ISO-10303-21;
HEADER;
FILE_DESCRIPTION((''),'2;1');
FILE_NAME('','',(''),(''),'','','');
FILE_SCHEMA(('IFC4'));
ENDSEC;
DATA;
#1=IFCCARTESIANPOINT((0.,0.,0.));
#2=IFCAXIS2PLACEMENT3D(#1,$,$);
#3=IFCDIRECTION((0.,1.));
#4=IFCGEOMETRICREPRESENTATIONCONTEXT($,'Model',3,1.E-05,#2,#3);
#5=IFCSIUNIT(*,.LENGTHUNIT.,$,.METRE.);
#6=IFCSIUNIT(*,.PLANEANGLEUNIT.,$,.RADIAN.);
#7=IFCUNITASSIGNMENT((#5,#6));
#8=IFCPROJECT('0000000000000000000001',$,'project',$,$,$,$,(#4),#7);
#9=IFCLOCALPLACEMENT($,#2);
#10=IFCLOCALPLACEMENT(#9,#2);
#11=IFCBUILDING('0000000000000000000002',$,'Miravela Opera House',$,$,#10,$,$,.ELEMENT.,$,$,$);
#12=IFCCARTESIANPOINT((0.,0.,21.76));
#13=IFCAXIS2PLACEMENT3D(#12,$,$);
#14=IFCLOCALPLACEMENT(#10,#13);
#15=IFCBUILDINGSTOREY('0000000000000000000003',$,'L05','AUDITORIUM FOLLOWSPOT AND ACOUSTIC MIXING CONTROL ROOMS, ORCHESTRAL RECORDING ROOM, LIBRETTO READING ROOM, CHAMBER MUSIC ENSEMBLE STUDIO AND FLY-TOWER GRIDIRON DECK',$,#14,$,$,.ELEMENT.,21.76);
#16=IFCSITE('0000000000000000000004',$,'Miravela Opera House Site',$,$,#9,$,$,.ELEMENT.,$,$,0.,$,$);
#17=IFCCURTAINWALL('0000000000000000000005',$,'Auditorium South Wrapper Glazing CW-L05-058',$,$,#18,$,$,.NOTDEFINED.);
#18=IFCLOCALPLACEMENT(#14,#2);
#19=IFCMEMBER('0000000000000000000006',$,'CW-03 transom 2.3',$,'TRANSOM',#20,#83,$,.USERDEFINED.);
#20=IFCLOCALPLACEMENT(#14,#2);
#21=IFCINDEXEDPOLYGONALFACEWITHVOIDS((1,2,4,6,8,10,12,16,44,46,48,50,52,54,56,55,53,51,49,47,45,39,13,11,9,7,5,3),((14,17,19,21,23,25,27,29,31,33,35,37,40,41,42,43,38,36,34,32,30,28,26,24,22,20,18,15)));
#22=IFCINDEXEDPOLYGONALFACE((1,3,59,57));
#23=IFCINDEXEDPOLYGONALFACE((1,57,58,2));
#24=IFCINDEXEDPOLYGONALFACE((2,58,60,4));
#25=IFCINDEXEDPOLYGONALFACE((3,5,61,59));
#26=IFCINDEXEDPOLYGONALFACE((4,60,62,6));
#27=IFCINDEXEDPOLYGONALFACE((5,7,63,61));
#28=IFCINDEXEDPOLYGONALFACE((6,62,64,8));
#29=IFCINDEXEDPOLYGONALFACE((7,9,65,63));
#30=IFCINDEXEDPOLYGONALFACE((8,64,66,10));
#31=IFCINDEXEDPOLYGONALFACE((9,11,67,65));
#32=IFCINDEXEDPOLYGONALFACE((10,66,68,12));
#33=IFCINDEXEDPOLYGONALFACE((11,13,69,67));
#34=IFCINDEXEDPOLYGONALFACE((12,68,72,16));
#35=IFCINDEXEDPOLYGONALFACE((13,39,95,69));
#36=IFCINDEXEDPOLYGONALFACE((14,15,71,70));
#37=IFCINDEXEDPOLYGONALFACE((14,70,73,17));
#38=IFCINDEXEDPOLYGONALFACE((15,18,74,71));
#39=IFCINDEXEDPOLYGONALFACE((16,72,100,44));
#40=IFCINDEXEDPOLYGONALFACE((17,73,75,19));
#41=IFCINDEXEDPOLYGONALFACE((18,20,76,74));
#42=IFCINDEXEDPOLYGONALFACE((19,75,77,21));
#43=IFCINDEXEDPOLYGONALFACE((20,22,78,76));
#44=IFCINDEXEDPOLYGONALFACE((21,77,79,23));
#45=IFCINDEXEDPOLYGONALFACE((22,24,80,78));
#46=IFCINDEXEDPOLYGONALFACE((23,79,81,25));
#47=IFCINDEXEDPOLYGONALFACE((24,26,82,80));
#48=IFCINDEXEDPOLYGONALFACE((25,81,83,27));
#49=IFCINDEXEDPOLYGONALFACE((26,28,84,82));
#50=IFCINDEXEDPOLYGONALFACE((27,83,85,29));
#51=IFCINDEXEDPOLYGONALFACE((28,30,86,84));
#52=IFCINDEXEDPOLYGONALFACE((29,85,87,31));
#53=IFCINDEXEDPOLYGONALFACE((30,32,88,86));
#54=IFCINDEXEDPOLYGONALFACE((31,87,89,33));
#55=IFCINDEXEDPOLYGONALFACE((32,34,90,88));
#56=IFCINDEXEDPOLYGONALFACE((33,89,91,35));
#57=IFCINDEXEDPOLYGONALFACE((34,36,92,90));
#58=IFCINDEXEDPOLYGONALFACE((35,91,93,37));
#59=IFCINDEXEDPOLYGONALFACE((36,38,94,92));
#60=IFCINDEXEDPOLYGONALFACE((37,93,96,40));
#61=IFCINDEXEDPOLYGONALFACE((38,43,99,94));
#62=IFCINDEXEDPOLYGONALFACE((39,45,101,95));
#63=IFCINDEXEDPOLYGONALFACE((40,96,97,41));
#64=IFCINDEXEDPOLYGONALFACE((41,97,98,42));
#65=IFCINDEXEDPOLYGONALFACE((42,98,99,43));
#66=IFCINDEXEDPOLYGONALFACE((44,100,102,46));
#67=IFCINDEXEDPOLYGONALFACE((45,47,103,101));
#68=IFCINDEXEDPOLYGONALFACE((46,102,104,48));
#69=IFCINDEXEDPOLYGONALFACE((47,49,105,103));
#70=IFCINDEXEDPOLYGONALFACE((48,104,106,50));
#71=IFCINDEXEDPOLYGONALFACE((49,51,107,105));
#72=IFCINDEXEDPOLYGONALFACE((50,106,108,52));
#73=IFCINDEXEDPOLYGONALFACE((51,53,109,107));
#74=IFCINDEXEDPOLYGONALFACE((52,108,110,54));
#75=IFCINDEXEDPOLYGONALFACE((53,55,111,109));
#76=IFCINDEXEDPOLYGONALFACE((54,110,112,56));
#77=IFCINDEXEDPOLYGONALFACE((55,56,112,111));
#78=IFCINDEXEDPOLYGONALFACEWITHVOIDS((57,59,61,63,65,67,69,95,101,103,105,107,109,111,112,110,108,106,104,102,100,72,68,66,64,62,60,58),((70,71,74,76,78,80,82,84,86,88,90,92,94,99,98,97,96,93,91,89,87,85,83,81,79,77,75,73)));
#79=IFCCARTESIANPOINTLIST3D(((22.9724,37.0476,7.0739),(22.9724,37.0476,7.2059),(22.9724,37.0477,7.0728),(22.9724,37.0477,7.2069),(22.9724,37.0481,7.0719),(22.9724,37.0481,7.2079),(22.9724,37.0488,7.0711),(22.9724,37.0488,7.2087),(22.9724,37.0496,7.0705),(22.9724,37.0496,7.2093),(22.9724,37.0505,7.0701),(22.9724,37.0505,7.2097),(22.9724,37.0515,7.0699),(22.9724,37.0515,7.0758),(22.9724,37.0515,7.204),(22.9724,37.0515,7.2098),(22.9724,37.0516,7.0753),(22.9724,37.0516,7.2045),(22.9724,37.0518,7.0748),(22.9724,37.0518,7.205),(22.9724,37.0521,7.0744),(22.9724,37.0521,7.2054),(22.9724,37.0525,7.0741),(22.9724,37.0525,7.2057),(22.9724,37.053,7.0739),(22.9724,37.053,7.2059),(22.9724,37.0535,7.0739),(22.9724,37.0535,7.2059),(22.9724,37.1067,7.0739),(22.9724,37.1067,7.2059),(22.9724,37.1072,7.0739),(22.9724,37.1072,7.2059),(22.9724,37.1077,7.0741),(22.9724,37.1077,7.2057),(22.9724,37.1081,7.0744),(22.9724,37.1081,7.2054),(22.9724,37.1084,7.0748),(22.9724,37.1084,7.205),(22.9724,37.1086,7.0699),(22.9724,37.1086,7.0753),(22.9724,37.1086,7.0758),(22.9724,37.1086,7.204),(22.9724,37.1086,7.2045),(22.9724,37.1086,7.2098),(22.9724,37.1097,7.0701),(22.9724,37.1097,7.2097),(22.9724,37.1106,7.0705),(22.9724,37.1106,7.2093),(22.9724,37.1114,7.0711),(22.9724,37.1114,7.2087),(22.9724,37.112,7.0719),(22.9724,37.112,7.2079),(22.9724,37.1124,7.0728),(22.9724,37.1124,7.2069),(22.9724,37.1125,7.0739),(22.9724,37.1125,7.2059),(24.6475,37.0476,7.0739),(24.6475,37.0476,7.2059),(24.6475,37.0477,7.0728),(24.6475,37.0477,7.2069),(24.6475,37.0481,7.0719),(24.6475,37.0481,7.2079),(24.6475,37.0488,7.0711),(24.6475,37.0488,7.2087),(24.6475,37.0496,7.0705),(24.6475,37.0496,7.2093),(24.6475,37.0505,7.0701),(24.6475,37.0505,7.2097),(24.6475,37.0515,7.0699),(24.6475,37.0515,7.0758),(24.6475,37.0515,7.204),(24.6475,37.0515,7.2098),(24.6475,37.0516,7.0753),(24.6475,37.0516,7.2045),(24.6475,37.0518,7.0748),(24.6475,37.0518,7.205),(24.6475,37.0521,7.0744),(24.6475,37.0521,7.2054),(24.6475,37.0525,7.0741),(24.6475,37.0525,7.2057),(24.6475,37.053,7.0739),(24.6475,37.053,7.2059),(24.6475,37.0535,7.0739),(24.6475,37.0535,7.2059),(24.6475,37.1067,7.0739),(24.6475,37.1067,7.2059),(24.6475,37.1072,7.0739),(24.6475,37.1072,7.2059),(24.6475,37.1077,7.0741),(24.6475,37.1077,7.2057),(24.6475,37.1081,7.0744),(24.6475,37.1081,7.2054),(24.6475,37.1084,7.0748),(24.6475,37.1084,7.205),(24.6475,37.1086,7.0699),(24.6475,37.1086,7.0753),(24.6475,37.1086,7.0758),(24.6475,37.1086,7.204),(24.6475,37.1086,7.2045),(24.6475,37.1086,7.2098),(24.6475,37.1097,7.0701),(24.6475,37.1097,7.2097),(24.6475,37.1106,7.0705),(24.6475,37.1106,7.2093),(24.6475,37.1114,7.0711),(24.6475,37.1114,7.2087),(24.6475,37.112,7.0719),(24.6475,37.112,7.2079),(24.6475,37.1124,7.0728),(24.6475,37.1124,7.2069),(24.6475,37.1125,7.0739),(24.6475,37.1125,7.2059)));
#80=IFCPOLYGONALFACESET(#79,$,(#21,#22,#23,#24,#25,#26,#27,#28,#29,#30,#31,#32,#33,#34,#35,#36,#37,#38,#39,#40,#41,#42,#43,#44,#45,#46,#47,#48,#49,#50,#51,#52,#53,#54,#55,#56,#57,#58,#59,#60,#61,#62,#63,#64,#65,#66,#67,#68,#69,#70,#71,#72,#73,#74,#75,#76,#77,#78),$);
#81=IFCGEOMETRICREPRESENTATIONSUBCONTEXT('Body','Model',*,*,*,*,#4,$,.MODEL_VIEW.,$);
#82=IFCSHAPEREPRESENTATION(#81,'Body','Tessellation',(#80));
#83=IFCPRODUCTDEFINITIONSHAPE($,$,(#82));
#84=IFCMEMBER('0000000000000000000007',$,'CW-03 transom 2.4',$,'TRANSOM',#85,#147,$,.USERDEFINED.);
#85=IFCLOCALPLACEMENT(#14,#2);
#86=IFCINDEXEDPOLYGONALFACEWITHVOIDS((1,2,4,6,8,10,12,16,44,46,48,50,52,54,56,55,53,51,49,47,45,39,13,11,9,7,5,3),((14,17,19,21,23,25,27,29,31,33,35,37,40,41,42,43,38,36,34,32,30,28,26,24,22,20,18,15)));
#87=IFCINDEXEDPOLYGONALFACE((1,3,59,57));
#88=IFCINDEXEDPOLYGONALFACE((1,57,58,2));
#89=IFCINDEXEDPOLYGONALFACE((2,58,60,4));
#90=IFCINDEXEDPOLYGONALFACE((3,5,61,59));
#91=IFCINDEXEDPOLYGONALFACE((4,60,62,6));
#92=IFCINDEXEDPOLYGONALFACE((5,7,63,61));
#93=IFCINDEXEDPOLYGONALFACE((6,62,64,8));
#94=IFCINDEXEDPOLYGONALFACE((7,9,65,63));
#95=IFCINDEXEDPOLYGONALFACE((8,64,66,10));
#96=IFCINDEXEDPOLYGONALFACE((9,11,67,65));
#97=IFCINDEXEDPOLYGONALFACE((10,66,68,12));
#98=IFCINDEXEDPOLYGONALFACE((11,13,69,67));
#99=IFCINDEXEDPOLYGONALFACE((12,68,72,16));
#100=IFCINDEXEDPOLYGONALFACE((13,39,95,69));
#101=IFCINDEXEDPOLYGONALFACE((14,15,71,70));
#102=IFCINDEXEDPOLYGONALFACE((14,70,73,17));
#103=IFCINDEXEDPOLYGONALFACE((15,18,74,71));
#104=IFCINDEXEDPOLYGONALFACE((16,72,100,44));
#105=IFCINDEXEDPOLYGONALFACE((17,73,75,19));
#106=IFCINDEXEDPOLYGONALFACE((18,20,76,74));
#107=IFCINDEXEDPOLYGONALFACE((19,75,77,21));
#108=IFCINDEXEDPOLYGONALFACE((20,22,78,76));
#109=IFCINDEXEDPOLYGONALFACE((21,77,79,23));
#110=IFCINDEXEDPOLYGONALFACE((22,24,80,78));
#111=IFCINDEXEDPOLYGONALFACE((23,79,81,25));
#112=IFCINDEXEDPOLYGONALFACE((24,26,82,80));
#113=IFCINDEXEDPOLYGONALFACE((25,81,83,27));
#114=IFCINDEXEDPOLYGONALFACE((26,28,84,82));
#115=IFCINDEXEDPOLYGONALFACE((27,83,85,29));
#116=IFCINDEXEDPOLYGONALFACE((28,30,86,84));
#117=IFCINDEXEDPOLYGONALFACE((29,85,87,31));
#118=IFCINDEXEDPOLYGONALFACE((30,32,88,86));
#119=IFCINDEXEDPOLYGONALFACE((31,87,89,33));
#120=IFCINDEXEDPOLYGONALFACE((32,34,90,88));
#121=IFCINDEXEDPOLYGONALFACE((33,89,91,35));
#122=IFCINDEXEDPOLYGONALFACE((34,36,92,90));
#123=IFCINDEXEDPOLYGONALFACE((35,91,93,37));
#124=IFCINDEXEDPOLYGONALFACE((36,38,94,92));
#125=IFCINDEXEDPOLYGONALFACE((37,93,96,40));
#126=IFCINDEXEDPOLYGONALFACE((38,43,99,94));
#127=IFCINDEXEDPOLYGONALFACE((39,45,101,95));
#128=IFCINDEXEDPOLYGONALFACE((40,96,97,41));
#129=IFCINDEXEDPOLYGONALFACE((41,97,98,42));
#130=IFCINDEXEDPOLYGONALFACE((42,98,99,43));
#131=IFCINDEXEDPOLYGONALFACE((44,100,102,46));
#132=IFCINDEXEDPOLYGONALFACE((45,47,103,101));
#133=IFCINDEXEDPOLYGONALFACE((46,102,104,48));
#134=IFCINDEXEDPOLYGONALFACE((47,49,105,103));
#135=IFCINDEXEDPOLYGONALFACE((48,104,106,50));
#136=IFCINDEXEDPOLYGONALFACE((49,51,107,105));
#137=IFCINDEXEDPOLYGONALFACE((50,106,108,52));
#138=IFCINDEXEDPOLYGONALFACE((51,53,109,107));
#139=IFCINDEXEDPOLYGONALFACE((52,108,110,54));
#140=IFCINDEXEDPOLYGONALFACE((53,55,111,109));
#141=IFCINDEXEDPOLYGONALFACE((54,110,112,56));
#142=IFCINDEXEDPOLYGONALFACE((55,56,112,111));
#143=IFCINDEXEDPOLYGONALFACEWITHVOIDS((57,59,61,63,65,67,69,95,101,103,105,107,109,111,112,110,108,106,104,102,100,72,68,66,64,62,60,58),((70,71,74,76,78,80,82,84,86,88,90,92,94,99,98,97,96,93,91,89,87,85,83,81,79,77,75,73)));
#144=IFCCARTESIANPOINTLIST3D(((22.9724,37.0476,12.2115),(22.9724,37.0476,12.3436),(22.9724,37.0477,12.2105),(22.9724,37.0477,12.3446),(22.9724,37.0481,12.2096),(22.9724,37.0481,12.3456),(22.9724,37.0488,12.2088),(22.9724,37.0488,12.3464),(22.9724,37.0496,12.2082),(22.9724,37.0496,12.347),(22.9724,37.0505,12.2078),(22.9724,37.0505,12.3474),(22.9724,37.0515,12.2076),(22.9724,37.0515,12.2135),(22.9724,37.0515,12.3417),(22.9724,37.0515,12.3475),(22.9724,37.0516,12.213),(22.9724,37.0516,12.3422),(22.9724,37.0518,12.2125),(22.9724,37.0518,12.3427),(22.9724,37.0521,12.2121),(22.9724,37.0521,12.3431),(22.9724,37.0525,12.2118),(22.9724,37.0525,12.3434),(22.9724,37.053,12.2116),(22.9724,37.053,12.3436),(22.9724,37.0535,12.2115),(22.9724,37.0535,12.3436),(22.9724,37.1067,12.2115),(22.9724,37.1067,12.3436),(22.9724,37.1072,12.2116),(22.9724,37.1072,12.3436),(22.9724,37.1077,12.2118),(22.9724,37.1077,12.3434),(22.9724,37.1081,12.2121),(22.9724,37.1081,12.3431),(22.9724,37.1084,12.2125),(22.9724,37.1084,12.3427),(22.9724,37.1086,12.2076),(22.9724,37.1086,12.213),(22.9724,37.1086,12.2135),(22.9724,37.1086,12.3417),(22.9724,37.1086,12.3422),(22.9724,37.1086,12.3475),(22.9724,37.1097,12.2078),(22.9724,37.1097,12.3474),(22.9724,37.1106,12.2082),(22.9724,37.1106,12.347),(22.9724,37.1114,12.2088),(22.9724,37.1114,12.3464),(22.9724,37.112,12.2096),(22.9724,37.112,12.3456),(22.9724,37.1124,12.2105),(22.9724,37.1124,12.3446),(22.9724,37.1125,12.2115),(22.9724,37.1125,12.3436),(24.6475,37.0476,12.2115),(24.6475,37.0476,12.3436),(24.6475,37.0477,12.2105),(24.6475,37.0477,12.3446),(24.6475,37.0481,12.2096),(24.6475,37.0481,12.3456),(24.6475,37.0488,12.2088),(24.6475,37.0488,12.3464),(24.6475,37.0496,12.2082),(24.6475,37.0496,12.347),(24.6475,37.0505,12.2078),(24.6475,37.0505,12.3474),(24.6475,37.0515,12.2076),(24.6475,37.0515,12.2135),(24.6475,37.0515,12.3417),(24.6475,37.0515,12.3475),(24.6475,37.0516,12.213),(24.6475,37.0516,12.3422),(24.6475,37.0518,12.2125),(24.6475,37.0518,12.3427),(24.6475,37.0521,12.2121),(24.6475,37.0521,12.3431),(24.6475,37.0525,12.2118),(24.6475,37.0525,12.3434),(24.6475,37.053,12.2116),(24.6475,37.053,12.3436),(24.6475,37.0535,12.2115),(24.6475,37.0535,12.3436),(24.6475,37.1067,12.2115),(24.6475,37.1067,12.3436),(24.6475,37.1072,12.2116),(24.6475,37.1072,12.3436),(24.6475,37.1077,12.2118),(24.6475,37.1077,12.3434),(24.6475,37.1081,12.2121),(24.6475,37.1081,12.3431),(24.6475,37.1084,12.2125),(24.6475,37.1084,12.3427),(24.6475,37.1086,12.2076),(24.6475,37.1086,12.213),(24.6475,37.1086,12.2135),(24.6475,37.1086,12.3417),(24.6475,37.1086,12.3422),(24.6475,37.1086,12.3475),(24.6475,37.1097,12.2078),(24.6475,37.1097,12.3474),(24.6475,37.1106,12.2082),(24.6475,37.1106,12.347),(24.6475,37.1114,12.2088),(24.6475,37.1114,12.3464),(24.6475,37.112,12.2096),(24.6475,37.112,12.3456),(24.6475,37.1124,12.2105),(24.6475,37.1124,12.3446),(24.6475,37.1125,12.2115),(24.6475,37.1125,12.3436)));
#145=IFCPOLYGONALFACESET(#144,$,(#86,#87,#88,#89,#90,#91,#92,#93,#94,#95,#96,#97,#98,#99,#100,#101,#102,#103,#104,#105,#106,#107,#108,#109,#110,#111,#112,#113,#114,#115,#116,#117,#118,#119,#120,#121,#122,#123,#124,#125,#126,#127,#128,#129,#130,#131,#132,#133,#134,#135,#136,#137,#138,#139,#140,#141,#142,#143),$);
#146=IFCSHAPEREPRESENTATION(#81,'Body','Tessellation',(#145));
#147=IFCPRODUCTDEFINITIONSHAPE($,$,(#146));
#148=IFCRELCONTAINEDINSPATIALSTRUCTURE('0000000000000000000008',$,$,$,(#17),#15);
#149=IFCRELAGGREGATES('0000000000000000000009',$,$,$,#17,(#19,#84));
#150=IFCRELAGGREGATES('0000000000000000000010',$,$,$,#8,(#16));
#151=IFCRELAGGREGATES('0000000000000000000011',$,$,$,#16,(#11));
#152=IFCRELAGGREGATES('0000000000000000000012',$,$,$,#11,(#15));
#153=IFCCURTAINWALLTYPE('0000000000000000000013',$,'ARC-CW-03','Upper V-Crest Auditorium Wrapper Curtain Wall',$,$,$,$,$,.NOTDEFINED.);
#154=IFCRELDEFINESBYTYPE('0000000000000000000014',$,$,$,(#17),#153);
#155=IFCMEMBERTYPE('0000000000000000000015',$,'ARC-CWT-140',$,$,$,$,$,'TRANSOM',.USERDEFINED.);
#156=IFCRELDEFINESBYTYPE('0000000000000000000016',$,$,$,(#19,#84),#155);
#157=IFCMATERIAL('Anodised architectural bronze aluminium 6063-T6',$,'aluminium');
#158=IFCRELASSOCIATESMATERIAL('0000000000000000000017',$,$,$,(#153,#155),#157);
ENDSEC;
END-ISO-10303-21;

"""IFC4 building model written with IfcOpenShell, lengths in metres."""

from ifc_helpers import new_model, si_unit, direction, frame, origin, origin_2d, place, context, subcontext, project, spatial, hollow_rectangle, extrude, material, material_profile, profile_set, type_object, element, aggregate, save


model = new_model("IFC4")

# Units and contexts
model_context = context("Model", 3, precision=1e-05, world=origin(), true_north=direction((0.0, 1.0)))
body_context = subcontext(model_context, "Body", "Model", "MODEL_VIEW")
ifc_project = project(units=[si_unit("LENGTHUNIT", "METRE"), si_unit("PLANEANGLEUNIT", "RADIAN")], contexts=[model_context])

# Site, building, storey
site_placement = place(None, origin())
site = spatial("IfcSite", under=ifc_project, at=site_placement, Name="Miravela Opera House Site", CompositionType="ELEMENT", RefElevation=0.0)
building_placement = place(site_placement, origin())
building = spatial("IfcBuilding", under=site, at=building_placement, Name="Miravela Opera House", CompositionType="ELEMENT")
storey_placement = place(building_placement, frame((0.0, 0.0, 21.76)))
storey = spatial("IfcBuildingStorey", under=building, at=storey_placement, Name="L05", Description="AUDITORIUM FOLLOWSPOT AND ACOUSTIC MIXING CONTROL ROOMS, ORCHESTRAL RECORDING ROOM, LIBRETTO READING ROOM, CHAMBER MUSIC ENSEMBLE STUDIO AND FLY-TOWER GRIDIRON DECK", CompositionType="ELEMENT", Elevation=21.76)

# Curtain wall, members
ifc_material_1 = material(Name="Anodised architectural bronze aluminium 6063-T6", Category="aluminium")
curtain_wall_type = type_object("IfcCurtainWallType", Name="ARC-CW-03", Description="Upper V-Crest Auditorium Wrapper Curtain Wall", PredefinedType="NOTDEFINED", material=ifc_material_1)
ifc_material_profile_1 = material_profile(ifc_material_1, hollow_rectangle(XDim=0.0649, YDim=0.1399, WallThickness=0.0039, InnerFilletRadius=0.002, OuterFilletRadius=0.0039, at=origin_2d()), Name="CWT-65X140")
ifc_profile_set_1 = profile_set([ifc_material_profile_1])
member_type_1 = type_object("IfcMemberType", Name="ARC-CWT-140", ElementType="TRANSOM", PredefinedType="USERDEFINED", material=ifc_profile_set_1)
curtain_wall_1_placement = place(storey_placement, origin())
curtain_wall_1 = element("IfcCurtainWall", 1, at=curtain_wall_1_placement, inside=storey, type_object=curtain_wall_type, Name="Auditorium South Wrapper Glazing CW-L05-058", PredefinedType="NOTDEFINED")
member_1_placement = place(storey_placement, frame((22.9724, 37.0801, 7.1399), z_axis=(1.0, 0.0, 0.0), x_axis=(0.0, 1.0, 0.0)))
member_1 = element("IfcMember", 2, at=member_1_placement, type_object=member_type_1, Name="CW-03 transom 2.3", ObjectType="TRANSOM", PredefinedType="USERDEFINED", context=body_context, shape_type="SweptSolid", body=[
    extrude(hollow_rectangle(XDim=0.0649, YDim=0.1399, WallThickness=0.0039, InnerFilletRadius=0.002, OuterFilletRadius=0.0039, at=origin_2d()), origin(), (0.0, 0.0, 1.0), 1.675),
])
member_2_placement = place(storey_placement, frame((22.9724, 37.0801, 12.2776), z_axis=(1.0, 0.0, 0.0), x_axis=(0.0, 1.0, 0.0)))
member_2 = element("IfcMember", 3, at=member_2_placement, type_object=member_type_1, Name="CW-03 transom 2.4", ObjectType="TRANSOM", PredefinedType="USERDEFINED", context=body_context, shape_type="SweptSolid", body=[
    extrude(hollow_rectangle(XDim=0.0649, YDim=0.1399, WallThickness=0.0039, InnerFilletRadius=0.002, OuterFilletRadius=0.0039, at=origin_2d()), origin(), (0.0, 0.0, 1.0), 1.675),
])

aggregate(curtain_wall_1, [member_1, member_2])

save(model, "model.ifc")
